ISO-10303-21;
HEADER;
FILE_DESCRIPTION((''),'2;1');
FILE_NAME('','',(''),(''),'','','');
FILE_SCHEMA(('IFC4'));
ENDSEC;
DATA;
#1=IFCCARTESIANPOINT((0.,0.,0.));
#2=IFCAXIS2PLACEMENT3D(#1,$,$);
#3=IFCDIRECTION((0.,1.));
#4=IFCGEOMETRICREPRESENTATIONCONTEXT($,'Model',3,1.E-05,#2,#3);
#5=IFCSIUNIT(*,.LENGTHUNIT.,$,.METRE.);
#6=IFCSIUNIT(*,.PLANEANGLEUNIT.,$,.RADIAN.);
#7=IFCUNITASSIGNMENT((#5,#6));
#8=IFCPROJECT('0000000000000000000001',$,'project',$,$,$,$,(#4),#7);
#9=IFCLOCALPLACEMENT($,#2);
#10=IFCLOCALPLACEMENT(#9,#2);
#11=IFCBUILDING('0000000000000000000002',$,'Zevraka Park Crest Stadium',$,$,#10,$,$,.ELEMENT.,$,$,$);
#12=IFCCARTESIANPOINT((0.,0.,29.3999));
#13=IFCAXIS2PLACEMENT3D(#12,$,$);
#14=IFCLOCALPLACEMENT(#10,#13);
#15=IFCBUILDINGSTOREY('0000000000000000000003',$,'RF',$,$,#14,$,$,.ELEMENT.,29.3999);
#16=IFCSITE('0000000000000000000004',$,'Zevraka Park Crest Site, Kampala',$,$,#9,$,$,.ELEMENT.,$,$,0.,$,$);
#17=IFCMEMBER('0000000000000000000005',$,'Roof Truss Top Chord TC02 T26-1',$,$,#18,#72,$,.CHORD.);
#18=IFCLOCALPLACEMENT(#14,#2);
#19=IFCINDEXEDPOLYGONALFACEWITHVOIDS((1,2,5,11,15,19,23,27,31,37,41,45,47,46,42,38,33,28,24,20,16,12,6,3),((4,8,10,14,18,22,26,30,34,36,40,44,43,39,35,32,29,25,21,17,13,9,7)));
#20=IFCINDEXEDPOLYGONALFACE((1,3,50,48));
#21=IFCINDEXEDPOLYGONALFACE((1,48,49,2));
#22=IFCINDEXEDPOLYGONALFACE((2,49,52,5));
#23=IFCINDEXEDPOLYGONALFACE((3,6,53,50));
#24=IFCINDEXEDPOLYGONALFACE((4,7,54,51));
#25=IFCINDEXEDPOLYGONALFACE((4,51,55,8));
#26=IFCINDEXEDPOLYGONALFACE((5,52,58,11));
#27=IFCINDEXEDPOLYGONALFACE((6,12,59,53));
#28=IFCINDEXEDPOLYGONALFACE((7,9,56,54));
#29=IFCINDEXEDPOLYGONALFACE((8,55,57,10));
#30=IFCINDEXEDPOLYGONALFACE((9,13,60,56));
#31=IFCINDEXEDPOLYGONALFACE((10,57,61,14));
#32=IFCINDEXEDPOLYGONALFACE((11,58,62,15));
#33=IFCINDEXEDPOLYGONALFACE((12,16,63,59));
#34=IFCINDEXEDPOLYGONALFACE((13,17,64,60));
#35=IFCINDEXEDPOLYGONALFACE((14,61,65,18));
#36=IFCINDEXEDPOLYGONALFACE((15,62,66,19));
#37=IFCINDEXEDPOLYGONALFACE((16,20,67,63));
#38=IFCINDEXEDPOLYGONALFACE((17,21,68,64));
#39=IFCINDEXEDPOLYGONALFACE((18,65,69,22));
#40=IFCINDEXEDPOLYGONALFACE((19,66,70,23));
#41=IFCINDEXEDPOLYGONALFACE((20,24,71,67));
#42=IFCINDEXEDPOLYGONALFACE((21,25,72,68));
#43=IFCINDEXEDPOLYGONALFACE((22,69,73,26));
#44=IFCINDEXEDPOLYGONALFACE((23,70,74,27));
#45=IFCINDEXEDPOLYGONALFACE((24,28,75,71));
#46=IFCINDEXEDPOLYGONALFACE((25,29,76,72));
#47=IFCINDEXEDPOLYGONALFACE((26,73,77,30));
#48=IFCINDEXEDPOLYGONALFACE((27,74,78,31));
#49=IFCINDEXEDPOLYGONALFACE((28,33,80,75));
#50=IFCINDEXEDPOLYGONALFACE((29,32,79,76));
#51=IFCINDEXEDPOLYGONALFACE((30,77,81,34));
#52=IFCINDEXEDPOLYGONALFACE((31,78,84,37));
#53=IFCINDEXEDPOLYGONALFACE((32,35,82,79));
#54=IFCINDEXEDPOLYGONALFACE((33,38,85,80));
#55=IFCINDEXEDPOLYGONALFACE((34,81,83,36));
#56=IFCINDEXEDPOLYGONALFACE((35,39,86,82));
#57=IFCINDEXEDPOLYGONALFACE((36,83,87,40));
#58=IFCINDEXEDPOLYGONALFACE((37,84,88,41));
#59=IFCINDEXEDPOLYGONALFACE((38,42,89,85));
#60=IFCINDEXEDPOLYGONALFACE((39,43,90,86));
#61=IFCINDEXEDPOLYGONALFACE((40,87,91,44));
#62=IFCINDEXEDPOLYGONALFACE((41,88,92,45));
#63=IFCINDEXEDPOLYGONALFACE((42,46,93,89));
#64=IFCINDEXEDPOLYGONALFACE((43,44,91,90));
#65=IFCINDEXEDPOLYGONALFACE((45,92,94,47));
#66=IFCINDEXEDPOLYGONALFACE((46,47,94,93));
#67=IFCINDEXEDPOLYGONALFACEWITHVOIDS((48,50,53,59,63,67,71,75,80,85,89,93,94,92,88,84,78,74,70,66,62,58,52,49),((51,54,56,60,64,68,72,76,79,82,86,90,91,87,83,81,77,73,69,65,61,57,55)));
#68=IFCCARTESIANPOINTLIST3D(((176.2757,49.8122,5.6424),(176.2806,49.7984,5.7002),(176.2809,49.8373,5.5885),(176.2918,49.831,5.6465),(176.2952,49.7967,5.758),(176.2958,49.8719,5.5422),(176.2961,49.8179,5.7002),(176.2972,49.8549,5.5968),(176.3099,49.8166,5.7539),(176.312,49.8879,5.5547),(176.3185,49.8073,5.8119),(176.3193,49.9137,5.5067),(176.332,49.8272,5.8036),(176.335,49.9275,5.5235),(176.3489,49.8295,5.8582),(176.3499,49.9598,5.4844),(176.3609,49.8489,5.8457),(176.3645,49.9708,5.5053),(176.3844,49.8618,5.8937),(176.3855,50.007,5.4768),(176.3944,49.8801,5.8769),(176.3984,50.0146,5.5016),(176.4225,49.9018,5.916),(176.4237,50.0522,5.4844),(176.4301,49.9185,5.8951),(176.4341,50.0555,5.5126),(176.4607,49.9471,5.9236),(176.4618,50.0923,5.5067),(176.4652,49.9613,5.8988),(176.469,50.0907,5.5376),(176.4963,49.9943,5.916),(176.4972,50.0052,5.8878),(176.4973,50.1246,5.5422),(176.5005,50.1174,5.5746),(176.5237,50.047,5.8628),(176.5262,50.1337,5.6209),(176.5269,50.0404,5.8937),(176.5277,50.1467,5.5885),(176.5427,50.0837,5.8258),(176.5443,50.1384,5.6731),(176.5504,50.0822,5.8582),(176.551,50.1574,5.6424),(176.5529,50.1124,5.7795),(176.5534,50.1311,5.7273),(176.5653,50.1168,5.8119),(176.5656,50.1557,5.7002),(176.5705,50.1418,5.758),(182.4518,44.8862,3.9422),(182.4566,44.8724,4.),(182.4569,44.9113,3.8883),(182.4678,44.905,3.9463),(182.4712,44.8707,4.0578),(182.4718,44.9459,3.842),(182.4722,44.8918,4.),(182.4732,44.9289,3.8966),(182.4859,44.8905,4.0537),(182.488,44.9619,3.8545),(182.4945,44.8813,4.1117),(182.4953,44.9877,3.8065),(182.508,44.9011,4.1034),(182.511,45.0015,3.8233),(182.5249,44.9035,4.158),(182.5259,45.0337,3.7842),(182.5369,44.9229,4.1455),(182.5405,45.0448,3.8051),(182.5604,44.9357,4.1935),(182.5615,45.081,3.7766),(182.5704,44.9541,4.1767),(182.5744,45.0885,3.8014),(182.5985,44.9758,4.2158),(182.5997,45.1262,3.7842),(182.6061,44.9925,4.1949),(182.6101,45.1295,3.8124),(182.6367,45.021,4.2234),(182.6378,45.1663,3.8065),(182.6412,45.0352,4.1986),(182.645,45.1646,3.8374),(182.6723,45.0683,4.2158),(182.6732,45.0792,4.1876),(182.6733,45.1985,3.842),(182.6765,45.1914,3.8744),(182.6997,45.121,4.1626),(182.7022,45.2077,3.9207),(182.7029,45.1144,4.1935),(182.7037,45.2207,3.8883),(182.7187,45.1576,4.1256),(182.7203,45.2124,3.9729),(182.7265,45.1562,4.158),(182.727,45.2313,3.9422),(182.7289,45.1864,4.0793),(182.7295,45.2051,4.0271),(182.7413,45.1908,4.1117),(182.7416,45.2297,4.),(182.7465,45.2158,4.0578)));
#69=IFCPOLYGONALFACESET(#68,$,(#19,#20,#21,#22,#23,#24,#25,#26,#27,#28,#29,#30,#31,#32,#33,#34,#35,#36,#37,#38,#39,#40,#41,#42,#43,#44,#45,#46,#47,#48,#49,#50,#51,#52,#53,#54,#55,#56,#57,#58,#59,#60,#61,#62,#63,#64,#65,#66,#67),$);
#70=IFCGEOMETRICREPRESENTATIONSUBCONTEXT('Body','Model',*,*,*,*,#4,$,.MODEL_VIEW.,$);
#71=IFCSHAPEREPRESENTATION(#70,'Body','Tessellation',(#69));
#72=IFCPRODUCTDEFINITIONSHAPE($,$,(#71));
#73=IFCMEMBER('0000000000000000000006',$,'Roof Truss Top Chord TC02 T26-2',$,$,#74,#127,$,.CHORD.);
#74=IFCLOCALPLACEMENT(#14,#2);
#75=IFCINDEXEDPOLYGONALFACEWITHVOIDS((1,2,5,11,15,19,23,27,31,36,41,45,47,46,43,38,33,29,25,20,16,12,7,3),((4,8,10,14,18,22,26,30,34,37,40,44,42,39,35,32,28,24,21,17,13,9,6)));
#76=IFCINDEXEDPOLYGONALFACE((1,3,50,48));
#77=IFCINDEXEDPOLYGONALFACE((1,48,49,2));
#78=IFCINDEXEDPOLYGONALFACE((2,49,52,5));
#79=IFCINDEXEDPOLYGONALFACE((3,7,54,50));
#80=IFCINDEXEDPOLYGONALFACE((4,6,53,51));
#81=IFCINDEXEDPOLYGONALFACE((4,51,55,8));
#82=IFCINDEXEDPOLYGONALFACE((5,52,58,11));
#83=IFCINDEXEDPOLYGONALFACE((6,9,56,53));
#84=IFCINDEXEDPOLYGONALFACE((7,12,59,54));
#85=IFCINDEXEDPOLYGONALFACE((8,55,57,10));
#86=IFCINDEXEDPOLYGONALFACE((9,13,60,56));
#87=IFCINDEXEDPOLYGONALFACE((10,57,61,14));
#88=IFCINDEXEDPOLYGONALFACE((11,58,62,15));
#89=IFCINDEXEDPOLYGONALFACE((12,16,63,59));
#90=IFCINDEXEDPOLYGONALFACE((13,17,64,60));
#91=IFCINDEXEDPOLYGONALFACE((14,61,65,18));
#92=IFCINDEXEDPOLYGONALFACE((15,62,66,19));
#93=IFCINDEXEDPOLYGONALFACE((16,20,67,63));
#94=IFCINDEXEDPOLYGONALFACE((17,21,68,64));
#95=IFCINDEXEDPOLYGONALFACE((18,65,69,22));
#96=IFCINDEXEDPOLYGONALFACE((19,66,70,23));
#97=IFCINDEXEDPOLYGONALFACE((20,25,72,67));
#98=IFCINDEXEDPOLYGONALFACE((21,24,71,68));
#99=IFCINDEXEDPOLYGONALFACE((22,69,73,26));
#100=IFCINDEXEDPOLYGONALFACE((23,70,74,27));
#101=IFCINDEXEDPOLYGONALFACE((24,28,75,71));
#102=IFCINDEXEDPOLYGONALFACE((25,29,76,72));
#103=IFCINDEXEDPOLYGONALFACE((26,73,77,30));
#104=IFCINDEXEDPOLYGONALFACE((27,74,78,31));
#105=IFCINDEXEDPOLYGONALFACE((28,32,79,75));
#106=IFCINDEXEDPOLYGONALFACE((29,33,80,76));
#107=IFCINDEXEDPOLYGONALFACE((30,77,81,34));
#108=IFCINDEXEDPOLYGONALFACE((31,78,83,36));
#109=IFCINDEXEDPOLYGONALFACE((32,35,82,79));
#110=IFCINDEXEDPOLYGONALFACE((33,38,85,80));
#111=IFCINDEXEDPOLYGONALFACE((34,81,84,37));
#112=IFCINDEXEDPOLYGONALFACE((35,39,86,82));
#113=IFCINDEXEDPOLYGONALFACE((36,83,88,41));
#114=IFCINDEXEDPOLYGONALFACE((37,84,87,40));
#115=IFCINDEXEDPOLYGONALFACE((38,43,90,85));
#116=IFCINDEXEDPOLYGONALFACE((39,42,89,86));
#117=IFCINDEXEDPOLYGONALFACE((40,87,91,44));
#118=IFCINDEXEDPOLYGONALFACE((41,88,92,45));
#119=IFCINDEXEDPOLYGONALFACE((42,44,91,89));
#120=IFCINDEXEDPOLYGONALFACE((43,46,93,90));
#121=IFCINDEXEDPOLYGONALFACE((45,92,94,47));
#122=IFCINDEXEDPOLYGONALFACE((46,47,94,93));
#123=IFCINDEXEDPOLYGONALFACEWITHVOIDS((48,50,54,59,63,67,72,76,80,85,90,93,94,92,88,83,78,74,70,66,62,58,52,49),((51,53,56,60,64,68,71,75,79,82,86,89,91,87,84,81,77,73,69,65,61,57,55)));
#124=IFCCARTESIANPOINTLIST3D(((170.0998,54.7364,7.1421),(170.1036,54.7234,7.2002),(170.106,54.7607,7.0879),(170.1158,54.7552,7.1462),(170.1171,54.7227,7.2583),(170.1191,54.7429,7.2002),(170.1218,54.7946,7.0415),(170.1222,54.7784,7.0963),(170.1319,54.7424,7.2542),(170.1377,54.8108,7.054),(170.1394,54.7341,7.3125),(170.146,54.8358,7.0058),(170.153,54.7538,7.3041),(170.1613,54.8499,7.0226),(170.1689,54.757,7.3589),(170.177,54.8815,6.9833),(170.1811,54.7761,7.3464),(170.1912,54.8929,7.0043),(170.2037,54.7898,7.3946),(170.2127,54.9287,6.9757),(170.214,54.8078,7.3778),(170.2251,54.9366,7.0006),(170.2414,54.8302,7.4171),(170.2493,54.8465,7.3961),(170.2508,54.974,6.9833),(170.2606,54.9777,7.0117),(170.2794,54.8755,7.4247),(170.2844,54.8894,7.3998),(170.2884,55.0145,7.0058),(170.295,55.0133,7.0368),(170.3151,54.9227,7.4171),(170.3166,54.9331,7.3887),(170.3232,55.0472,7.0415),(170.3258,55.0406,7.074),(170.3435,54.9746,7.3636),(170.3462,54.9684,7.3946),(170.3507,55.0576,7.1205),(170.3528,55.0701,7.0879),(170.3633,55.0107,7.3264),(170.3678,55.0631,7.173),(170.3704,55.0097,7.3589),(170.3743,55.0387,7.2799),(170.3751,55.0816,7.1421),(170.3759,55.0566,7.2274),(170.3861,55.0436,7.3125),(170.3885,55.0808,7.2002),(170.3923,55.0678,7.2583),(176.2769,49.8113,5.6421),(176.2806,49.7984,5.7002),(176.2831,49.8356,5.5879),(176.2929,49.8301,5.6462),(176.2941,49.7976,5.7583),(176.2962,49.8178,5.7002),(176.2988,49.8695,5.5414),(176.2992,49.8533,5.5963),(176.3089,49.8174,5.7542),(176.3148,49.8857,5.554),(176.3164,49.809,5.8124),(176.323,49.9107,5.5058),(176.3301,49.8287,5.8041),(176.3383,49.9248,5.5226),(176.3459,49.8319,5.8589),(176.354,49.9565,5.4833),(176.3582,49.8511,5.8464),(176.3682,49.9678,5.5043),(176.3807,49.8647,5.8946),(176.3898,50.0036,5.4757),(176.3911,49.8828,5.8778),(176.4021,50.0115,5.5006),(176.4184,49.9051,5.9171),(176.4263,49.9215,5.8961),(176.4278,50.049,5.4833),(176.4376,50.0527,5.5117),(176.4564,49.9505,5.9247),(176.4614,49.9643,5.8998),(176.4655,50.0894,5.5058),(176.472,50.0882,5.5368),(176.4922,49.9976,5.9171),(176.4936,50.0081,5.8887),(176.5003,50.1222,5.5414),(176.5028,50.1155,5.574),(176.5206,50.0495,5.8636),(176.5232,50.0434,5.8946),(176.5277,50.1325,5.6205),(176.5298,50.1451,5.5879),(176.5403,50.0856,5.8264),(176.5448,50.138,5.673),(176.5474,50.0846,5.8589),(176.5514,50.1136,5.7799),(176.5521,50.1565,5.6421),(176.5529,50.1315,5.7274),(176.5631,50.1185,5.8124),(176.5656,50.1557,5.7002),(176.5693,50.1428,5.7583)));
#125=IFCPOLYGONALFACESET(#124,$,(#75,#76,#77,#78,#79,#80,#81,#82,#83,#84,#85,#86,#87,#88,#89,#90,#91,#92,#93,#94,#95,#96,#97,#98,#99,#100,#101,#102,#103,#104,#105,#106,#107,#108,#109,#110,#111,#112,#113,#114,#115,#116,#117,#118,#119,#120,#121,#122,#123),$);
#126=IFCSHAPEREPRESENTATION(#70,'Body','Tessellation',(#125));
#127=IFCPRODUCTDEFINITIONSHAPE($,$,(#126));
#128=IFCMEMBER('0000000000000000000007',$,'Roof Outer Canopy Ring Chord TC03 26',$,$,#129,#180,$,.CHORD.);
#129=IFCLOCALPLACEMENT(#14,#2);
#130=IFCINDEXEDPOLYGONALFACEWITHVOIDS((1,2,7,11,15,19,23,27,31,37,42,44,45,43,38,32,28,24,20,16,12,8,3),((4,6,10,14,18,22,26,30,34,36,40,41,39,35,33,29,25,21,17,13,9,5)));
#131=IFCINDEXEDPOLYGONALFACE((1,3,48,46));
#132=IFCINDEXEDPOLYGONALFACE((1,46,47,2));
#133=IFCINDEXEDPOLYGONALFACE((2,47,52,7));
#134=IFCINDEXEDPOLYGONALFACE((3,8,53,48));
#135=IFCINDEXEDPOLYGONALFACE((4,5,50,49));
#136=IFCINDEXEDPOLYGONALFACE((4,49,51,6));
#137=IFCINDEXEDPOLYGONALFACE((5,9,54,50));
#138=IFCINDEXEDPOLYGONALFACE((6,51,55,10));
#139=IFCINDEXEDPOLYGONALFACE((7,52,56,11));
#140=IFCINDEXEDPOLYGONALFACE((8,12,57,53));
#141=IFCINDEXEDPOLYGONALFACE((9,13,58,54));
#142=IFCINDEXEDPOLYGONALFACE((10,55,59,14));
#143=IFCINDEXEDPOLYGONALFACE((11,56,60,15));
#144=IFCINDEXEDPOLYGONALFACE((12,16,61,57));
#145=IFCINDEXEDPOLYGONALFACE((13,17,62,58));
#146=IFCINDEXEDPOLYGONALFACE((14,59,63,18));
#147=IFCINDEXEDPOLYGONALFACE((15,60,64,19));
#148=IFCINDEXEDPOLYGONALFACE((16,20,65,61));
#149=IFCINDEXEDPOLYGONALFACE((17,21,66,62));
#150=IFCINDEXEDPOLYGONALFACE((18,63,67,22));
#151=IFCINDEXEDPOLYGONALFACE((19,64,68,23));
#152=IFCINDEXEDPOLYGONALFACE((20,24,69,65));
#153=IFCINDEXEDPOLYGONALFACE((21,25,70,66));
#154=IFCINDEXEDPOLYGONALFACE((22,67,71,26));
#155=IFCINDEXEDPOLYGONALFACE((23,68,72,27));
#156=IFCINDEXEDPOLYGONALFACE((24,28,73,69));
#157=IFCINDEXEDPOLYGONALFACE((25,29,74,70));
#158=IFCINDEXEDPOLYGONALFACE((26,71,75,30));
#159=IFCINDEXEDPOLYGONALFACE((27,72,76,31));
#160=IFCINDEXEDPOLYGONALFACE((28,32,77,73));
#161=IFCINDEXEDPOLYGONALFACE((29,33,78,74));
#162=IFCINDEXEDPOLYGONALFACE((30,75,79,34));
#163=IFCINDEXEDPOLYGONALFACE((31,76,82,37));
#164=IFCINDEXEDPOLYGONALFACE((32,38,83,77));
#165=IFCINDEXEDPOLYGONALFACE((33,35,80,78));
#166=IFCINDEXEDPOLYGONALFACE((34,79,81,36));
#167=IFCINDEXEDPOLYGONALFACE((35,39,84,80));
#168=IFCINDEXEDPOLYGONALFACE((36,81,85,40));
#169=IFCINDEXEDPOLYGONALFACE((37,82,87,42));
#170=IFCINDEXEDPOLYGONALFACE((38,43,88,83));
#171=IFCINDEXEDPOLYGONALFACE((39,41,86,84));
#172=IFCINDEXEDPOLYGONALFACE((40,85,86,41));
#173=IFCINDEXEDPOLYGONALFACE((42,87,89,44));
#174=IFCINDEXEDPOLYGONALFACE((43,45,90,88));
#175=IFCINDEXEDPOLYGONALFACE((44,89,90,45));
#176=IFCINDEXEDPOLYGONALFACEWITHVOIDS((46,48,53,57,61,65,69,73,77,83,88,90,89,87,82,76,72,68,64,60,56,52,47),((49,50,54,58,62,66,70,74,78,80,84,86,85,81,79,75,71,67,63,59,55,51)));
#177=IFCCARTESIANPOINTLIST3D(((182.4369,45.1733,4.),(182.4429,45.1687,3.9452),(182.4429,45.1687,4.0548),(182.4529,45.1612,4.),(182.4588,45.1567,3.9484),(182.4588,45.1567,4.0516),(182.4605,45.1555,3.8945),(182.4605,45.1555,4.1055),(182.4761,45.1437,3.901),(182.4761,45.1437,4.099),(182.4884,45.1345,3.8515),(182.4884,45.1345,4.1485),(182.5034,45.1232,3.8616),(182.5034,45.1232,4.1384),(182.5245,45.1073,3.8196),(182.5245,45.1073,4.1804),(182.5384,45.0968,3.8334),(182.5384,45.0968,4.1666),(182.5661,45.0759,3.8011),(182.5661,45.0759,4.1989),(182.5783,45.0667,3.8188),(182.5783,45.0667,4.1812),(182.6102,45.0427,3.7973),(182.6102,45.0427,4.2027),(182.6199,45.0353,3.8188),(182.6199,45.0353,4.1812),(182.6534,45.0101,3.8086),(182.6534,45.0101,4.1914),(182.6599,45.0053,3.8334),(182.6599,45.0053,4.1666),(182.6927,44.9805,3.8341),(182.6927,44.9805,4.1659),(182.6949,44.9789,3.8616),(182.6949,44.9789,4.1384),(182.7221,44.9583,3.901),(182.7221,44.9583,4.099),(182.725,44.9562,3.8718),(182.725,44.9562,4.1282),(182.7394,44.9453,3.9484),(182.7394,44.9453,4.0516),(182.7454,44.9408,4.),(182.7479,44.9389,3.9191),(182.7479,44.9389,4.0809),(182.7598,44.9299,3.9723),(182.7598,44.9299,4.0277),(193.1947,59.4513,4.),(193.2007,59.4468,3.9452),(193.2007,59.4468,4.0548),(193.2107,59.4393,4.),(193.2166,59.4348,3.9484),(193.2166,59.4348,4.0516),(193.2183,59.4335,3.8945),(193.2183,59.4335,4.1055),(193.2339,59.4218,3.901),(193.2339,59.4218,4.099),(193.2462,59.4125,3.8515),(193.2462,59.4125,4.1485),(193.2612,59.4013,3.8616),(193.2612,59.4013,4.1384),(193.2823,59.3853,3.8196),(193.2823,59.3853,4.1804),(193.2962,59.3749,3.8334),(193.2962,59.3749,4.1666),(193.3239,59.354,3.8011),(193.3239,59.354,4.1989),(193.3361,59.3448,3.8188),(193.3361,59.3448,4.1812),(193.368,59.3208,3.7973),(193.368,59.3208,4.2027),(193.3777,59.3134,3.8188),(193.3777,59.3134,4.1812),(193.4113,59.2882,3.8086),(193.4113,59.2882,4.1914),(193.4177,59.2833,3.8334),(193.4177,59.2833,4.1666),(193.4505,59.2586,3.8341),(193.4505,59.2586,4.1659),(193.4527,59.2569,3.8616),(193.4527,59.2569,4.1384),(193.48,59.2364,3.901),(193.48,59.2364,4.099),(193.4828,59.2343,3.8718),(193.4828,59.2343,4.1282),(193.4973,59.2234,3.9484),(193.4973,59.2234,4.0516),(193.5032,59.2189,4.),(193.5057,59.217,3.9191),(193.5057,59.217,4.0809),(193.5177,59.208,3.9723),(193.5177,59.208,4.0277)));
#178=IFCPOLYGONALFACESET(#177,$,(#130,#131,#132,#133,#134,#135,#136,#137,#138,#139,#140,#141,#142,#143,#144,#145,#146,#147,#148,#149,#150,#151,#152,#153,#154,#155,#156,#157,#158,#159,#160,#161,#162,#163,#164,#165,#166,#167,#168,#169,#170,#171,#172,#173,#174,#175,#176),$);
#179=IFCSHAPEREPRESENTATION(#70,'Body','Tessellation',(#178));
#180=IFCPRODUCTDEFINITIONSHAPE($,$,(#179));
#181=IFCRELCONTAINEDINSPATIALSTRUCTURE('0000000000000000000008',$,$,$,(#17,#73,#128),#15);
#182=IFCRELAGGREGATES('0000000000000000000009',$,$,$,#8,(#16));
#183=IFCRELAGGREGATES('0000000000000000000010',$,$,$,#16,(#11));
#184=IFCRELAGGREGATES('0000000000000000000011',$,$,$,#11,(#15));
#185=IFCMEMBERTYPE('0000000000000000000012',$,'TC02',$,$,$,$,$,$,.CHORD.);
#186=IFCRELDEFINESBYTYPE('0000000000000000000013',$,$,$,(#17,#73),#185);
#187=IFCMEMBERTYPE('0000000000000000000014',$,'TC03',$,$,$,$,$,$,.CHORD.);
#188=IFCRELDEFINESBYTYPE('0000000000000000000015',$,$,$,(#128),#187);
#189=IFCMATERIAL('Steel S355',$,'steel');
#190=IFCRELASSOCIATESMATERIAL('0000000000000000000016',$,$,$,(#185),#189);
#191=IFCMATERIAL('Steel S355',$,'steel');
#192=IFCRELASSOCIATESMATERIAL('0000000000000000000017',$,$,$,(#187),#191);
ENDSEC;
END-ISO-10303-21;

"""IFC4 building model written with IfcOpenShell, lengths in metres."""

from ifc_helpers import new_model, si_unit, direction, frame, origin, origin_2d, place, context, subcontext, project, spatial, hollow_circle, extrude, material, material_profile, profile_set, type_object, element, save


model = new_model("IFC4")

# Units and contexts
model_context = context("Model", 3, precision=1e-05, world=origin(), true_north=direction((0.0, 1.0)))
body_context = subcontext(model_context, "Body", "Model", "MODEL_VIEW")
ifc_project = project(units=[si_unit("LENGTHUNIT", "METRE"), si_unit("PLANEANGLEUNIT", "RADIAN")], contexts=[model_context])

# Site, building, storey
site_placement = place(None, origin())
site = spatial("IfcSite", under=ifc_project, at=site_placement, Name="Zevraka Park Crest Site, Kampala", CompositionType="ELEMENT", RefElevation=0.0)
building_placement = place(site_placement, origin())
building = spatial("IfcBuilding", under=site, at=building_placement, Name="Zevraka Park Crest Stadium", CompositionType="ELEMENT")
storey_placement = place(building_placement, frame((0.0, 0.0, 29.3999)))
storey = spatial("IfcBuildingStorey", under=building, at=storey_placement, Name="RF", CompositionType="ELEMENT", Elevation=29.3999)

# Members
ifc_material_1 = material(Name="Steel S355", Category="steel")
ifc_material_profile_1 = material_profile(ifc_material_1, hollow_circle(Radius=0.2285, WallThickness=0.0249, at=origin_2d()), Name="CHS 457.0x25")
ifc_profile_set_1 = profile_set([ifc_material_profile_1], Name="Steel S355")
member_type_1 = type_object("IfcMemberType", Name="TC02", PredefinedType="CHORD", material=ifc_profile_set_1)
member_1_placement = place(storey_placement, frame((182.5991, 45.051, 4.0), z_axis=(-0.764282, 0.609595, 0.210399), x_axis=(-0.623552, -0.781782, 0.0)))
element("IfcMember", 1, at=member_1_placement, inside=storey, type_object=member_type_1, Name="Roof Truss Top Chord TC02 T26-1", PredefinedType="CHORD", context=body_context, shape_type="SweptSolid", body=[
    extrude(hollow_circle(Radius=0.2285, WallThickness=0.0249, at=origin_2d()), origin(), (0.0, 0.0, 1.0), 8.0808),
])
member_2_placement = place(storey_placement, frame((176.4231, 49.9771, 5.7002), z_axis=(-0.768166, 0.612474, 0.186539), x_axis=(-0.623417, -0.78189, 0.0)))
element("IfcMember", 2, at=member_2_placement, inside=storey, type_object=member_type_1, Name="Roof Truss Top Chord TC02 T26-2", PredefinedType="CHORD", context=body_context, shape_type="SweptSolid", body=[
    extrude(hollow_circle(Radius=0.2285, WallThickness=0.0249, at=origin_2d()), origin(), (0.0, 0.0, 1.0), 8.0413),
])
ifc_material_2 = material(Name="Steel S355", Category="steel")
ifc_material_profile_2 = material_profile(ifc_material_2, hollow_circle(Radius=0.2031, WallThickness=0.02, at=origin_2d()), Name="CHS 406.4x20")
ifc_profile_set_2 = profile_set([ifc_material_profile_2], Name="Steel S355")
member_type_2 = type_object("IfcMemberType", Name="TC03", PredefinedType="CHORD", material=ifc_profile_set_2)
member_3_placement = place(storey_placement, frame((182.5991, 45.051, 4.0), z_axis=(0.601762, 0.798676, 0.0), x_axis=(-0.798676, 0.601762, 0.0)))
element("IfcMember", 3, at=member_3_placement, inside=storey, type_object=member_type_2, Name="Roof Outer Canopy Ring Chord TC03 26", PredefinedType="CHORD", context=body_context, shape_type="SweptSolid", body=[
    extrude(hollow_circle(Radius=0.2031, WallThickness=0.02, at=origin_2d()), origin(), (0.0, 0.0, 1.0), 17.8772),
])

save(model, "model.ifc")
